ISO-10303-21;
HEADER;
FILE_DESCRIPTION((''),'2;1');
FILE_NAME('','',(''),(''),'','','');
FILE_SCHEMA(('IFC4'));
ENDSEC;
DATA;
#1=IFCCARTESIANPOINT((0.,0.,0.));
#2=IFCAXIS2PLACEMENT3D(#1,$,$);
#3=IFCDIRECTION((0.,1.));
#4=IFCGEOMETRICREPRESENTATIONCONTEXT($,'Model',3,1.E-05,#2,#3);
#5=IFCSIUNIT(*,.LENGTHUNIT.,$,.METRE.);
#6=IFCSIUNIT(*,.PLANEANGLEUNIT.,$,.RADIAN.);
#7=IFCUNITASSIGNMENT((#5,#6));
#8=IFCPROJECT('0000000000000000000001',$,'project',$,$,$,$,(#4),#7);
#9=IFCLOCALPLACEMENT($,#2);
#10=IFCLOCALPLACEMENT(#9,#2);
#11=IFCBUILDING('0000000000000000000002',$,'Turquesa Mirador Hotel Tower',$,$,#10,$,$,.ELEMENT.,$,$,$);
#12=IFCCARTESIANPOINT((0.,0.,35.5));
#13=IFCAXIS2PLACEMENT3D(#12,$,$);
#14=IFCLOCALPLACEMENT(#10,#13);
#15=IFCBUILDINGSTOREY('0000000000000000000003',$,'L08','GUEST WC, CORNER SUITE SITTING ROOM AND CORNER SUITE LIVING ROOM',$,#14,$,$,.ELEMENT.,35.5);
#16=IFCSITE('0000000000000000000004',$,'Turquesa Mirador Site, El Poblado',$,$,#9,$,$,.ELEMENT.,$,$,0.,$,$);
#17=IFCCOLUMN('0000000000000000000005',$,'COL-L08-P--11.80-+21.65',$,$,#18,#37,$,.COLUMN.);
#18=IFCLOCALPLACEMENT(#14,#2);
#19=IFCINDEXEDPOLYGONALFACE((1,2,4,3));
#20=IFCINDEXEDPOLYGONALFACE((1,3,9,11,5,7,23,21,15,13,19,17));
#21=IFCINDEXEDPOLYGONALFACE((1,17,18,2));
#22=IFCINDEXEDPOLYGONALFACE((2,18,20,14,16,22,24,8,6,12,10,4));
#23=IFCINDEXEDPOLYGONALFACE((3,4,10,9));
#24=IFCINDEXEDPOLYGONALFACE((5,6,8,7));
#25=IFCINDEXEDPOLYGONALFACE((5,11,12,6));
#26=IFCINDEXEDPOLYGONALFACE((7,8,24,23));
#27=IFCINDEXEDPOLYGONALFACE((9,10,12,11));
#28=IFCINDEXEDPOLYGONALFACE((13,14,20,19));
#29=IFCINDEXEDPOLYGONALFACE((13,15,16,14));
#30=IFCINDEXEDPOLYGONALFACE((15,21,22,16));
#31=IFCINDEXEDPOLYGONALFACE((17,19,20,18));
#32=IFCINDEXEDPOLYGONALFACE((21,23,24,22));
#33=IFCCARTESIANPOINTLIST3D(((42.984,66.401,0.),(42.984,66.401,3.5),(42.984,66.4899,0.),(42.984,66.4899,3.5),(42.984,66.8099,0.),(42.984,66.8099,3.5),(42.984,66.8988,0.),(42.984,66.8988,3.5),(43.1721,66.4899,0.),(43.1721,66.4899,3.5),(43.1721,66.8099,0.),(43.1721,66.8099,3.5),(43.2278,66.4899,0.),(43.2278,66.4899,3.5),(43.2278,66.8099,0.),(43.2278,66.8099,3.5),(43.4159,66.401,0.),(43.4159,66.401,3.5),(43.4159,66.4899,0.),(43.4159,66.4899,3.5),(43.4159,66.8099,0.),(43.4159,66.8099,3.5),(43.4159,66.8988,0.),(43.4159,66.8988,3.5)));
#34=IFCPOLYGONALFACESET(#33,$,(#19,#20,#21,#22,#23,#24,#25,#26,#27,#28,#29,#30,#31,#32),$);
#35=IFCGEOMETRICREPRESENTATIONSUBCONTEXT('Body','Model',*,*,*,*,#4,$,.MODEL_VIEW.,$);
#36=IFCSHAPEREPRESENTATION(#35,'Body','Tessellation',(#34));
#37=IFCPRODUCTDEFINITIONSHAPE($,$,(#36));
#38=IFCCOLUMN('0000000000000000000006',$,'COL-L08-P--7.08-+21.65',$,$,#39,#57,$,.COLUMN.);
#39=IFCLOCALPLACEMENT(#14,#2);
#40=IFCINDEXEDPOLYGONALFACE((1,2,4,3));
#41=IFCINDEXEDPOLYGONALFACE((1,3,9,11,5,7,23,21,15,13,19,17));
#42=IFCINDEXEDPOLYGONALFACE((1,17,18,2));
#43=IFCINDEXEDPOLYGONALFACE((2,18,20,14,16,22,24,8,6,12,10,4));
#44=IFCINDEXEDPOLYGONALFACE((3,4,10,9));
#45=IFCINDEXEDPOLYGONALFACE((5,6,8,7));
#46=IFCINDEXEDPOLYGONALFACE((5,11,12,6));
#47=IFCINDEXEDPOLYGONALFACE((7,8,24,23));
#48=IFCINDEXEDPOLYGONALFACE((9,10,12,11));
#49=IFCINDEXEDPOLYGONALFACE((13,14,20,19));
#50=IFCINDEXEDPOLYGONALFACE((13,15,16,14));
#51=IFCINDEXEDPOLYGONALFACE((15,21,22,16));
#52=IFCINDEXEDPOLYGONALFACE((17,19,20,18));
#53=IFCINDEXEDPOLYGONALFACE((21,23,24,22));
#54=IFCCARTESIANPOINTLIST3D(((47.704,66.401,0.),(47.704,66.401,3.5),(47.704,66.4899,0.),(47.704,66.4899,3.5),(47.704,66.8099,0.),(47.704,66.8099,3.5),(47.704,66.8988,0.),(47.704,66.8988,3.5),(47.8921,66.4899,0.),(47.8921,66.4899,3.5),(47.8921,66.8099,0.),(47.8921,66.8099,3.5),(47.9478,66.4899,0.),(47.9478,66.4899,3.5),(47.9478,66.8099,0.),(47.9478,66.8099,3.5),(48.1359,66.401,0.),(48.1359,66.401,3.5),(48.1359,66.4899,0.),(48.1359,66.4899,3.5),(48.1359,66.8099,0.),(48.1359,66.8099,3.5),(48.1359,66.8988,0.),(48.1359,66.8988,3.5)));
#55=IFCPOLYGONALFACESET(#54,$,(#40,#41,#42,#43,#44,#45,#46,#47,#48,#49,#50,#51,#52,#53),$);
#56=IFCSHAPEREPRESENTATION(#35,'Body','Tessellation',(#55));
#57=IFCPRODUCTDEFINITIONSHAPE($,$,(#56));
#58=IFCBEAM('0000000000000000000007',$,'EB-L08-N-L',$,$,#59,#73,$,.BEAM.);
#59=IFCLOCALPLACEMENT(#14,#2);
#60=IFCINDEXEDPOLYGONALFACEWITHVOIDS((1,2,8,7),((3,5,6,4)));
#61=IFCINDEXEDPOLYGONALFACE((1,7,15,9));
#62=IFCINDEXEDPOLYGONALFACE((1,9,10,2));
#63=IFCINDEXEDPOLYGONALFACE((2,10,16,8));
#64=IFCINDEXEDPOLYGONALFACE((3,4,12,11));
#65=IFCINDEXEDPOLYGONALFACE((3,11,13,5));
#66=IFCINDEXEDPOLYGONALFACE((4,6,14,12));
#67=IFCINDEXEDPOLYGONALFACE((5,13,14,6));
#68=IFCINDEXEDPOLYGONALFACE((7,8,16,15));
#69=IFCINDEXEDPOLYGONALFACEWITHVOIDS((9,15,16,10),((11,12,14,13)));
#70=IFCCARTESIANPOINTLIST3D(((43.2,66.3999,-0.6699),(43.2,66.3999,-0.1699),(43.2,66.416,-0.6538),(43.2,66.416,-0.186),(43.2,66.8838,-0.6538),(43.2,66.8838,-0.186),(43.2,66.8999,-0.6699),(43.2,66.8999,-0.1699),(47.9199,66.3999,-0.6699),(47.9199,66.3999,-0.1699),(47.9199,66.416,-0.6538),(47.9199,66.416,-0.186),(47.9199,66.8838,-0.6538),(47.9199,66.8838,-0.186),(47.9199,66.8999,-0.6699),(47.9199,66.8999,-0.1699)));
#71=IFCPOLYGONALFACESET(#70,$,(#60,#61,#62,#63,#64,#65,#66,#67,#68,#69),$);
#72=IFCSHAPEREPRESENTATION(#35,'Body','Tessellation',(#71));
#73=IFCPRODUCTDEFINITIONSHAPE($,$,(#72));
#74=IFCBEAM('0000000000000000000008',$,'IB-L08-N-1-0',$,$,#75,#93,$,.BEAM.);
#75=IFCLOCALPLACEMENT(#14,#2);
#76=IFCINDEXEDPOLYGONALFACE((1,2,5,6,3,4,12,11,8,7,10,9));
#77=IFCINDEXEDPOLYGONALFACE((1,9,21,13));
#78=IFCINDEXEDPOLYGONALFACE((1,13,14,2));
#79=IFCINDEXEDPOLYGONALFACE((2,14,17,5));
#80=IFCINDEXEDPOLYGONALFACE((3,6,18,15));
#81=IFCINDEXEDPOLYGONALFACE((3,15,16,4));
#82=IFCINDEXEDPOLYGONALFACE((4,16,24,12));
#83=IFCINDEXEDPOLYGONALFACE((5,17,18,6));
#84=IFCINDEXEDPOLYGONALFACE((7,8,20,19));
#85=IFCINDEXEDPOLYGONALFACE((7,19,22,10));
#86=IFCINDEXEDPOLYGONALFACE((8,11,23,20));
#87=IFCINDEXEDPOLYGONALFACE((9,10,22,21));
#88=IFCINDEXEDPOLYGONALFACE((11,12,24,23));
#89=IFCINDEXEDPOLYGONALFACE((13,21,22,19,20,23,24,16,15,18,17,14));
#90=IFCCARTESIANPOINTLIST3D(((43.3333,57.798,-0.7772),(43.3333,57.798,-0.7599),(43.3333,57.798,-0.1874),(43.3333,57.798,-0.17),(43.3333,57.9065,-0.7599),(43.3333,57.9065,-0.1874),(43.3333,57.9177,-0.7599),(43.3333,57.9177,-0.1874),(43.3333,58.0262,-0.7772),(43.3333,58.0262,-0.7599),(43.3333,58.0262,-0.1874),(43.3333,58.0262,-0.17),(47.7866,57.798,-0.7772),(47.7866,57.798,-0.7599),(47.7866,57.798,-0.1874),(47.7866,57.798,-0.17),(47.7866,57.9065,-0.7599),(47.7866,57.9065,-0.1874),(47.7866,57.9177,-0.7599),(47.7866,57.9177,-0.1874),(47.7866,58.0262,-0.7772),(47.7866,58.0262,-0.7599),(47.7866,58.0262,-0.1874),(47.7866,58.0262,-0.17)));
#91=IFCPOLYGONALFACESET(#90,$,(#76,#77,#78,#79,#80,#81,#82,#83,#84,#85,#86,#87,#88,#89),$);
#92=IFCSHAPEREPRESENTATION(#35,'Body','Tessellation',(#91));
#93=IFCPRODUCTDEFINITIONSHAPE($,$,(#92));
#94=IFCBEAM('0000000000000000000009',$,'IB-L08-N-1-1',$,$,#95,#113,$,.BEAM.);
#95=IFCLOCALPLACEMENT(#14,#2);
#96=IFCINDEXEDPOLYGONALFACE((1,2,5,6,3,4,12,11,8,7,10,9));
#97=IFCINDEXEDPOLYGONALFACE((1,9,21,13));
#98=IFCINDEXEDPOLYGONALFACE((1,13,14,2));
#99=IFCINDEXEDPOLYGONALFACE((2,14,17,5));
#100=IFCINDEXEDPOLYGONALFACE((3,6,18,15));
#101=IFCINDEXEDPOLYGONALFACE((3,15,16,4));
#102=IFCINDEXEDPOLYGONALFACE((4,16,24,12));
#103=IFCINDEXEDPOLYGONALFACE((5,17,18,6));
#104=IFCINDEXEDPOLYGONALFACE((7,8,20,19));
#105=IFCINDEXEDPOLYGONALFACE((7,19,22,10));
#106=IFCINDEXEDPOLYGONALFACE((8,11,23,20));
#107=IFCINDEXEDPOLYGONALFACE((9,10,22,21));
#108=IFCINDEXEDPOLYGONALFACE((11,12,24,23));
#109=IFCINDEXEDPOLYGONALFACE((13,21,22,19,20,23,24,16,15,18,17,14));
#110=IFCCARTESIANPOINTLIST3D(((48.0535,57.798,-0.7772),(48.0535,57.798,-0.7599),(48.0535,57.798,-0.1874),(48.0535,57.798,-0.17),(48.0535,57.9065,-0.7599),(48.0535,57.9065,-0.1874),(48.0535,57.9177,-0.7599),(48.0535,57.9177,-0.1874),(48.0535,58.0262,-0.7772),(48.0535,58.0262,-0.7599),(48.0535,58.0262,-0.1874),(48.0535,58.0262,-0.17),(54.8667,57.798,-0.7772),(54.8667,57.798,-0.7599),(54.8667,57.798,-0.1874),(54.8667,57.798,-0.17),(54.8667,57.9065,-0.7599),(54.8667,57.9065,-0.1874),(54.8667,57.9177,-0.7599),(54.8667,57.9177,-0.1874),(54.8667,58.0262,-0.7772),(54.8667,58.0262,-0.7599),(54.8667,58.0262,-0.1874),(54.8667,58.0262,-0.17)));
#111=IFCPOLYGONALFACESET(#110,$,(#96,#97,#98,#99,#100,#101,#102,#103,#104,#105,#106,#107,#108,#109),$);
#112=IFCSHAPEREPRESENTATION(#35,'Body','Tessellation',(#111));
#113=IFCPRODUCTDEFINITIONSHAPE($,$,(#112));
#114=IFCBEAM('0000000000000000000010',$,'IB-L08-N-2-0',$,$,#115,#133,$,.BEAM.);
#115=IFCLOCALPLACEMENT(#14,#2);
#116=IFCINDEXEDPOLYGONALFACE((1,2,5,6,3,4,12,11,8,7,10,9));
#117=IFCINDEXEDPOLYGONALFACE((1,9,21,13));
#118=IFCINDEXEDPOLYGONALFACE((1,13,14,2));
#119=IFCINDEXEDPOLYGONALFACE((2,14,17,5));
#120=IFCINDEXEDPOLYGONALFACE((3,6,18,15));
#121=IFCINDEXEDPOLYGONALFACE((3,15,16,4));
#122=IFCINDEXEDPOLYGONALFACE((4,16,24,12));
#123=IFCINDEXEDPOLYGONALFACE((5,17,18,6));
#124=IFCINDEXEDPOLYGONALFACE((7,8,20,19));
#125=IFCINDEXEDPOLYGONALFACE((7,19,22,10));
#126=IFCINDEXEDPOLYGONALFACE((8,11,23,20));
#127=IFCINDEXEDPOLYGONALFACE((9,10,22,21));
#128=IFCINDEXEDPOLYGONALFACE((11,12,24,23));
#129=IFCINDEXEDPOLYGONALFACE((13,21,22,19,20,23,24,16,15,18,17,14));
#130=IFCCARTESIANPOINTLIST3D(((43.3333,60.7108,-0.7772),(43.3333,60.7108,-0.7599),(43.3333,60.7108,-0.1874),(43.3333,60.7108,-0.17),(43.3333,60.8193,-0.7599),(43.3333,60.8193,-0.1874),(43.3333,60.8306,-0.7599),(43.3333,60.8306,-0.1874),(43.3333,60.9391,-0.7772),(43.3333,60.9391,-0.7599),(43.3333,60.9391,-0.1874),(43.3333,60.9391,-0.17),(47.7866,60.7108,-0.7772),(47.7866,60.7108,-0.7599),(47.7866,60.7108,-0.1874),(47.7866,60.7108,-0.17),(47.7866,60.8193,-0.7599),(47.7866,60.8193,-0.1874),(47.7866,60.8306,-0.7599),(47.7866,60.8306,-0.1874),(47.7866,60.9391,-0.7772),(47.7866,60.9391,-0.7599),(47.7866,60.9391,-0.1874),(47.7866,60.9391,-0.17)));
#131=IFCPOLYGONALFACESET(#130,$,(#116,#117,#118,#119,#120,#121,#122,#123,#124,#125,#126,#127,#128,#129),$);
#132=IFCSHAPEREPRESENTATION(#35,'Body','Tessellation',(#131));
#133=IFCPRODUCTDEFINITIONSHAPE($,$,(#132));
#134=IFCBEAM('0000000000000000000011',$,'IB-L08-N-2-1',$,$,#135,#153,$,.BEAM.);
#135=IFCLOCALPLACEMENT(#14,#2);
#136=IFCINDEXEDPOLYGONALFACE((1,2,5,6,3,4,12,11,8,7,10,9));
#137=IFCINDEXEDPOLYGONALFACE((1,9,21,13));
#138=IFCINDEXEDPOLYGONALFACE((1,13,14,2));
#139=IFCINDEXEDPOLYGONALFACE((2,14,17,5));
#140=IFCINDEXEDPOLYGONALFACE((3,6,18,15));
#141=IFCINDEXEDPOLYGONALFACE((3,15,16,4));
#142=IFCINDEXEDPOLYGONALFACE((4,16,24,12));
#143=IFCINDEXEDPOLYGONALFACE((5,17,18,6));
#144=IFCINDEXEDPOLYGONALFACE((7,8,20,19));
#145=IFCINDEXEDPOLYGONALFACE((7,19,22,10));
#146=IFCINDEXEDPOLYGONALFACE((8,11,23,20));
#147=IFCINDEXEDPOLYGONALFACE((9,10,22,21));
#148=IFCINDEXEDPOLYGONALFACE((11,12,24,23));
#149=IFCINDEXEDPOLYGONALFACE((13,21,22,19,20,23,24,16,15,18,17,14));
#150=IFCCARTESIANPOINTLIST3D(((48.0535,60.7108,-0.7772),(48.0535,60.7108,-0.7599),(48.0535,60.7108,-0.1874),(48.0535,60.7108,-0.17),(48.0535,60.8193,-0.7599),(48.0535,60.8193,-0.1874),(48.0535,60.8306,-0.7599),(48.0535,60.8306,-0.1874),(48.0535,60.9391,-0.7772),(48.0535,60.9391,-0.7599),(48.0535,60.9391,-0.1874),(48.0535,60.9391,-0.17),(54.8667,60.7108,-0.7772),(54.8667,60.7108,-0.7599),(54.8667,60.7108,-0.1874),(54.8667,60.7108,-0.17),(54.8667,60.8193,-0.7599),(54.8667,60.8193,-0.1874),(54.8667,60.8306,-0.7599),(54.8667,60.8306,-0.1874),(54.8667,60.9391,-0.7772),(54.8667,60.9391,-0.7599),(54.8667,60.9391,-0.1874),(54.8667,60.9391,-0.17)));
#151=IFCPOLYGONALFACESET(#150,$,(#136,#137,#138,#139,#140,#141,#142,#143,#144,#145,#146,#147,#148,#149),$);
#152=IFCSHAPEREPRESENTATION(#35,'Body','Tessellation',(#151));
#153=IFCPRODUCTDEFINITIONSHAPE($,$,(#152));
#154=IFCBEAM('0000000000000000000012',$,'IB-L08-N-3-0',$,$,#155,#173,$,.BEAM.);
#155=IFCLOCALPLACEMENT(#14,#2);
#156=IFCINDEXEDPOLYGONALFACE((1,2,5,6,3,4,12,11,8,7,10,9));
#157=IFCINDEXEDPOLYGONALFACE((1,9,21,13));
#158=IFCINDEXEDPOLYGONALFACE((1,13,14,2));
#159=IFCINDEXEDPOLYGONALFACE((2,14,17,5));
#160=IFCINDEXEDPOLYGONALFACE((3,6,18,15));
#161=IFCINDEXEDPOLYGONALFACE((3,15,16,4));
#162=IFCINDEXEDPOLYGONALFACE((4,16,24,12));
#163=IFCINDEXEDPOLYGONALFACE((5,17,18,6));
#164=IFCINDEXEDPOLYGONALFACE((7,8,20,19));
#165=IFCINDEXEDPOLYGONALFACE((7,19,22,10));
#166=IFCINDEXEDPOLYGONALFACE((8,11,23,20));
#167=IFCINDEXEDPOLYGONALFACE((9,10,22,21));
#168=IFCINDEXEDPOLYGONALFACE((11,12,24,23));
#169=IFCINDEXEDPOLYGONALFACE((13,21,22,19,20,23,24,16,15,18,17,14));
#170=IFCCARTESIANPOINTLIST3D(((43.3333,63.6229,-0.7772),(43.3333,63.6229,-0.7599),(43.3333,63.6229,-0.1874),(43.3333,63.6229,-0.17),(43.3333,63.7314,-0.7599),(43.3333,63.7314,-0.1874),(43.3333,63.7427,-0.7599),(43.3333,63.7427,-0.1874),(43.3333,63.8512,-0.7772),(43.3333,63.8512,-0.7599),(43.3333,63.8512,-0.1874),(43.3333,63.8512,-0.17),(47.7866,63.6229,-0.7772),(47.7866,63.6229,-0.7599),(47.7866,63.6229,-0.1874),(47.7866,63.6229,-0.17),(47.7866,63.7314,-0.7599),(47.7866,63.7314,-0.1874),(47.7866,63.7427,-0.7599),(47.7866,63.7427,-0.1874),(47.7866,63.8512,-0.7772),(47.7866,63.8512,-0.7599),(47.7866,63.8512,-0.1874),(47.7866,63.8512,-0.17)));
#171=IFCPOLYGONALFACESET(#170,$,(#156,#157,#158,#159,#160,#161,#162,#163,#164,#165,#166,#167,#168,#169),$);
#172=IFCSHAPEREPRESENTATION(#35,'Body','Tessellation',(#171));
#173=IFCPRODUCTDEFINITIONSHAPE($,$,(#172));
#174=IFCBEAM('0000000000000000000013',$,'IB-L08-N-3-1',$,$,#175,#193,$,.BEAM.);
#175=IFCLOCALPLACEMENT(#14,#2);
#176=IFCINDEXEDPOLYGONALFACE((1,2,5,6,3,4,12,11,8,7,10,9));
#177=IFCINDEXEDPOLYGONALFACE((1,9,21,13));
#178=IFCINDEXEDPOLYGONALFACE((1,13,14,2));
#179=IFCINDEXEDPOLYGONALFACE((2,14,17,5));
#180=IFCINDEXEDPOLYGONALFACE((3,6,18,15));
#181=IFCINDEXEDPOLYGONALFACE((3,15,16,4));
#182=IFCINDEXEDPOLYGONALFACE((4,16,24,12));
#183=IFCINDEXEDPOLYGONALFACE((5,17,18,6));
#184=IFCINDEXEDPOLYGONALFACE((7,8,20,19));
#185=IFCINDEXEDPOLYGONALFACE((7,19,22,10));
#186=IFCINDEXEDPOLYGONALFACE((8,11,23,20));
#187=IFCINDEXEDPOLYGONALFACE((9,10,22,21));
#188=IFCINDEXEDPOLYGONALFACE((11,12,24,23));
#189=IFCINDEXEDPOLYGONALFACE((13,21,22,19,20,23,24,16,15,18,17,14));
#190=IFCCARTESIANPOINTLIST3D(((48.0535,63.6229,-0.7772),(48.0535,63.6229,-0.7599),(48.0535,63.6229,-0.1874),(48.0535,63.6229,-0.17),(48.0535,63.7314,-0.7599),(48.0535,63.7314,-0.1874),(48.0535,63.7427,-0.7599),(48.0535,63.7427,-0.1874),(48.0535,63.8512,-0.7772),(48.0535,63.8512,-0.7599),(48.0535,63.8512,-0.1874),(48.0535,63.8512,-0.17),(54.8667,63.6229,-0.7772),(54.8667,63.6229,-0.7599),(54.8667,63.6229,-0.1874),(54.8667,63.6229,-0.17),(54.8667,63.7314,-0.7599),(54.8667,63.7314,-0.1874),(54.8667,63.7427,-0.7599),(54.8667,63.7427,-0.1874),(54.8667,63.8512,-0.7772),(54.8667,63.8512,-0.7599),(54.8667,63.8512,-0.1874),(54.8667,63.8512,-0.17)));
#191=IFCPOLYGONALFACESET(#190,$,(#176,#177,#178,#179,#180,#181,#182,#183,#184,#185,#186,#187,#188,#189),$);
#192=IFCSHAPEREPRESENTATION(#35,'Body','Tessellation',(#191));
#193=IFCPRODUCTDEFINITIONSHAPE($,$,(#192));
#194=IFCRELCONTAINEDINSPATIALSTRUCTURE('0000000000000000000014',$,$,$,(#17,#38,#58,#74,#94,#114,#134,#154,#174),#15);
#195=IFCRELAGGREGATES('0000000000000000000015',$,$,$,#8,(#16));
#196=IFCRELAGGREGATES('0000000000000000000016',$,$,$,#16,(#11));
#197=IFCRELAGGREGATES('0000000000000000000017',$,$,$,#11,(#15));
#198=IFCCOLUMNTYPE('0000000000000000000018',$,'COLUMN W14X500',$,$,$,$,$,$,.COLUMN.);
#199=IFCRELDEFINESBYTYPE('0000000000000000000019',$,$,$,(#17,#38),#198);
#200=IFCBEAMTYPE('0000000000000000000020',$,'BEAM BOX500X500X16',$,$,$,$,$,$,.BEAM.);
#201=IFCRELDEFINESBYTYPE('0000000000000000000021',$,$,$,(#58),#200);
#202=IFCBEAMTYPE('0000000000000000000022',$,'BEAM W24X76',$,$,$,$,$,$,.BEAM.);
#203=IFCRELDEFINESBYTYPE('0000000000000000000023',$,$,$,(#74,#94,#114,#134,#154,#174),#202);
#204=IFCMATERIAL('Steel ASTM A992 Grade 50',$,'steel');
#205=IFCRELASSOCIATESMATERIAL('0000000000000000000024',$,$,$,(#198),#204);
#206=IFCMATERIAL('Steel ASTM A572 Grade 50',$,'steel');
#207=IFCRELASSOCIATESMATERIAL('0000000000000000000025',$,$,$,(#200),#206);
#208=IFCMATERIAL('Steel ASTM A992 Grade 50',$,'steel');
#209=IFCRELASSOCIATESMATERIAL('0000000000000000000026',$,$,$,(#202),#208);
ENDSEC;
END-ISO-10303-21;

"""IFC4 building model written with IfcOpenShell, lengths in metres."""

from ifc_helpers import new_model, si_unit, direction, frame, origin, origin_2d, place, context, subcontext, project, spatial, hollow_rectangle, i_section, extrude, material, material_profile, profile_set, type_object, element, save


model = new_model("IFC4")

# Units and contexts
model_context = context("Model", 3, precision=1e-05, world=origin(), true_north=direction((0.0, 1.0)))
body_context = subcontext(model_context, "Body", "Model", "MODEL_VIEW")
ifc_project = project(units=[si_unit("LENGTHUNIT", "METRE"), si_unit("PLANEANGLEUNIT", "RADIAN")], contexts=[model_context])

# Site, building, storey
site_placement = place(None, origin())
site = spatial("IfcSite", under=ifc_project, at=site_placement, Name="Turquesa Mirador Site, El Poblado", CompositionType="ELEMENT", RefElevation=0.0)
building_placement = place(site_placement, origin())
building = spatial("IfcBuilding", under=site, at=building_placement, Name="Turquesa Mirador Hotel Tower", CompositionType="ELEMENT")
storey_placement = place(building_placement, frame((0.0, 0.0, 35.5)))
storey = spatial("IfcBuildingStorey", under=building, at=storey_placement, Name="L08", Description="GUEST WC, CORNER SUITE SITTING ROOM AND CORNER SUITE LIVING ROOM", CompositionType="ELEMENT", Elevation=35.5)

# Columns
ifc_material_1 = material(Name="Steel ASTM A992 Grade 50", Category="steel")
ifc_material_profile_1 = material_profile(ifc_material_1, i_section(OverallWidth=0.4319, OverallDepth=0.4978, WebThickness=0.0557, FlangeThickness=0.0889, at=origin_2d()), Name="W14X500")
ifc_profile_set_1 = profile_set([ifc_material_profile_1], Name="Steel ASTM A992 Grade 50")
column_type = type_object("IfcColumnType", Name="COLUMN W14X500", PredefinedType="COLUMN", material=ifc_profile_set_1)
for number, where, z_axis, x_axis, name in (
    (1, (43.2, 66.6499, 0.0), (0.0, 0.0, 1.0), (1.0, 0.0, 0.0), "COL-L08-P--11.80-+21.65"),
    (2, (47.9199, 66.6499, 0.0), (0.0, 0.0, 1.0), (1.0, 0.0, 0.0), "COL-L08-P--7.08-+21.65"),
):
    element("IfcColumn", number, at=place(storey_placement, frame(where, z_axis=z_axis, x_axis=x_axis)), inside=storey, type_object=column_type, Name=name, PredefinedType="COLUMN", context=body_context, shape_type="SweptSolid", body=[
        extrude(i_section(OverallWidth=0.4319, OverallDepth=0.4978, WebThickness=0.0557, FlangeThickness=0.0889, at=origin_2d()), origin(), (0.0, 0.0, 1.0), 3.5),
    ])

# Beams
ifc_material_2 = material(Name="Steel ASTM A572 Grade 50", Category="steel")
ifc_material_profile_2 = material_profile(ifc_material_2, hollow_rectangle(XDim=0.5, YDim=0.5, WallThickness=0.0161, at=origin_2d()), Name="BOX500X500X16")
ifc_profile_set_2 = profile_set([ifc_material_profile_2], Name="Steel ASTM A572 Grade 50")
beam_type_1 = type_object("IfcBeamType", Name="BEAM BOX500X500X16", PredefinedType="BEAM", material=ifc_profile_set_2)
beam_1_placement = place(storey_placement, frame((43.2, 66.6499, -0.4199), z_axis=(1.0, 0.0, 0.0), x_axis=(0.0, 1.0, 0.0)))
element("IfcBeam", 3, at=beam_1_placement, inside=storey, type_object=beam_type_1, Name="EB-L08-N-L", PredefinedType="BEAM", context=body_context, shape_type="SweptSolid", body=[
    extrude(hollow_rectangle(XDim=0.5, YDim=0.5, WallThickness=0.0161, at=origin_2d()), origin(), (0.0, 0.0, 1.0), 4.72),
])
ifc_material_3 = material(Name="Steel ASTM A992 Grade 50", Category="steel")
ifc_material_profile_3 = material_profile(ifc_material_3, i_section(OverallWidth=0.2283, OverallDepth=0.6072, WebThickness=0.0112, FlangeThickness=0.0173, at=origin_2d()), Name="W24X76")
ifc_profile_set_3 = profile_set([ifc_material_profile_3], Name="Steel ASTM A992 Grade 50")
beam_type_2 = type_object("IfcBeamType", Name="BEAM W24X76", PredefinedType="BEAM", material=ifc_profile_set_3)
beam_2_placement = place(storey_placement, frame((43.3333, 57.9121, -0.4736), z_axis=(1.0, 0.0, 0.0), x_axis=(0.0, 1.0, 0.0)))
element("IfcBeam", 4, at=beam_2_placement, inside=storey, type_object=beam_type_2, Name="IB-L08-N-1-0", PredefinedType="BEAM", context=body_context, shape_type="SweptSolid", body=[
    extrude(i_section(OverallWidth=0.2283, OverallDepth=0.6072, WebThickness=0.0112, FlangeThickness=0.0173, at=origin_2d()), origin(), (0.0, 0.0, 1.0), 4.4534),
])
beam_3_placement = place(storey_placement, frame((48.0535, 57.9121, -0.4736), z_axis=(1.0, 0.0, 0.0), x_axis=(0.0, 1.0, 0.0)))
element("IfcBeam", 5, at=beam_3_placement, inside=storey, type_object=beam_type_2, Name="IB-L08-N-1-1", PredefinedType="BEAM", context=body_context, shape_type="SweptSolid", body=[
    extrude(i_section(OverallWidth=0.2283, OverallDepth=0.6072, WebThickness=0.0112, FlangeThickness=0.0173, at=origin_2d()), origin(), (0.0, 0.0, 1.0), 6.8132),
])
beam_4_placement = place(storey_placement, frame((43.3333, 60.825, -0.4736), z_axis=(1.0, 0.0, 0.0), x_axis=(0.0, 1.0, 0.0)))
element("IfcBeam", 6, at=beam_4_placement, inside=storey, type_object=beam_type_2, Name="IB-L08-N-2-0", PredefinedType="BEAM", context=body_context, shape_type="SweptSolid", body=[
    extrude(i_section(OverallWidth=0.2283, OverallDepth=0.6072, WebThickness=0.0112, FlangeThickness=0.0173, at=origin_2d()), origin(), (0.0, 0.0, 1.0), 4.4534),
])
beam_5_placement = place(storey_placement, frame((48.0535, 60.825, -0.4736), z_axis=(1.0, 0.0, 0.0), x_axis=(0.0, 1.0, 0.0)))
element("IfcBeam", 7, at=beam_5_placement, inside=storey, type_object=beam_type_2, Name="IB-L08-N-2-1", PredefinedType="BEAM", context=body_context, shape_type="SweptSolid", body=[
    extrude(i_section(OverallWidth=0.2283, OverallDepth=0.6072, WebThickness=0.0112, FlangeThickness=0.0173, at=origin_2d()), origin(), (0.0, 0.0, 1.0), 6.8132),
])
beam_6_placement = place(storey_placement, frame((43.3333, 63.7371, -0.4736), z_axis=(1.0, 0.0, 0.0), x_axis=(0.0, 1.0, 0.0)))
element("IfcBeam", 8, at=beam_6_placement, inside=storey, type_object=beam_type_2, Name="IB-L08-N-3-0", PredefinedType="BEAM", context=body_context, shape_type="SweptSolid", body=[
    extrude(i_section(OverallWidth=0.2283, OverallDepth=0.6072, WebThickness=0.0112, FlangeThickness=0.0173, at=origin_2d()), origin(), (0.0, 0.0, 1.0), 4.4534),
])
beam_7_placement = place(storey_placement, frame((48.0535, 63.7371, -0.4736), z_axis=(1.0, 0.0, 0.0), x_axis=(0.0, 1.0, 0.0)))
element("IfcBeam", 9, at=beam_7_placement, inside=storey, type_object=beam_type_2, Name="IB-L08-N-3-1", PredefinedType="BEAM", context=body_context, shape_type="SweptSolid", body=[
    extrude(i_section(OverallWidth=0.2283, OverallDepth=0.6072, WebThickness=0.0112, FlangeThickness=0.0173, at=origin_2d()), origin(), (0.0, 0.0, 1.0), 6.8132),
])

save(model, "model.ifc")
